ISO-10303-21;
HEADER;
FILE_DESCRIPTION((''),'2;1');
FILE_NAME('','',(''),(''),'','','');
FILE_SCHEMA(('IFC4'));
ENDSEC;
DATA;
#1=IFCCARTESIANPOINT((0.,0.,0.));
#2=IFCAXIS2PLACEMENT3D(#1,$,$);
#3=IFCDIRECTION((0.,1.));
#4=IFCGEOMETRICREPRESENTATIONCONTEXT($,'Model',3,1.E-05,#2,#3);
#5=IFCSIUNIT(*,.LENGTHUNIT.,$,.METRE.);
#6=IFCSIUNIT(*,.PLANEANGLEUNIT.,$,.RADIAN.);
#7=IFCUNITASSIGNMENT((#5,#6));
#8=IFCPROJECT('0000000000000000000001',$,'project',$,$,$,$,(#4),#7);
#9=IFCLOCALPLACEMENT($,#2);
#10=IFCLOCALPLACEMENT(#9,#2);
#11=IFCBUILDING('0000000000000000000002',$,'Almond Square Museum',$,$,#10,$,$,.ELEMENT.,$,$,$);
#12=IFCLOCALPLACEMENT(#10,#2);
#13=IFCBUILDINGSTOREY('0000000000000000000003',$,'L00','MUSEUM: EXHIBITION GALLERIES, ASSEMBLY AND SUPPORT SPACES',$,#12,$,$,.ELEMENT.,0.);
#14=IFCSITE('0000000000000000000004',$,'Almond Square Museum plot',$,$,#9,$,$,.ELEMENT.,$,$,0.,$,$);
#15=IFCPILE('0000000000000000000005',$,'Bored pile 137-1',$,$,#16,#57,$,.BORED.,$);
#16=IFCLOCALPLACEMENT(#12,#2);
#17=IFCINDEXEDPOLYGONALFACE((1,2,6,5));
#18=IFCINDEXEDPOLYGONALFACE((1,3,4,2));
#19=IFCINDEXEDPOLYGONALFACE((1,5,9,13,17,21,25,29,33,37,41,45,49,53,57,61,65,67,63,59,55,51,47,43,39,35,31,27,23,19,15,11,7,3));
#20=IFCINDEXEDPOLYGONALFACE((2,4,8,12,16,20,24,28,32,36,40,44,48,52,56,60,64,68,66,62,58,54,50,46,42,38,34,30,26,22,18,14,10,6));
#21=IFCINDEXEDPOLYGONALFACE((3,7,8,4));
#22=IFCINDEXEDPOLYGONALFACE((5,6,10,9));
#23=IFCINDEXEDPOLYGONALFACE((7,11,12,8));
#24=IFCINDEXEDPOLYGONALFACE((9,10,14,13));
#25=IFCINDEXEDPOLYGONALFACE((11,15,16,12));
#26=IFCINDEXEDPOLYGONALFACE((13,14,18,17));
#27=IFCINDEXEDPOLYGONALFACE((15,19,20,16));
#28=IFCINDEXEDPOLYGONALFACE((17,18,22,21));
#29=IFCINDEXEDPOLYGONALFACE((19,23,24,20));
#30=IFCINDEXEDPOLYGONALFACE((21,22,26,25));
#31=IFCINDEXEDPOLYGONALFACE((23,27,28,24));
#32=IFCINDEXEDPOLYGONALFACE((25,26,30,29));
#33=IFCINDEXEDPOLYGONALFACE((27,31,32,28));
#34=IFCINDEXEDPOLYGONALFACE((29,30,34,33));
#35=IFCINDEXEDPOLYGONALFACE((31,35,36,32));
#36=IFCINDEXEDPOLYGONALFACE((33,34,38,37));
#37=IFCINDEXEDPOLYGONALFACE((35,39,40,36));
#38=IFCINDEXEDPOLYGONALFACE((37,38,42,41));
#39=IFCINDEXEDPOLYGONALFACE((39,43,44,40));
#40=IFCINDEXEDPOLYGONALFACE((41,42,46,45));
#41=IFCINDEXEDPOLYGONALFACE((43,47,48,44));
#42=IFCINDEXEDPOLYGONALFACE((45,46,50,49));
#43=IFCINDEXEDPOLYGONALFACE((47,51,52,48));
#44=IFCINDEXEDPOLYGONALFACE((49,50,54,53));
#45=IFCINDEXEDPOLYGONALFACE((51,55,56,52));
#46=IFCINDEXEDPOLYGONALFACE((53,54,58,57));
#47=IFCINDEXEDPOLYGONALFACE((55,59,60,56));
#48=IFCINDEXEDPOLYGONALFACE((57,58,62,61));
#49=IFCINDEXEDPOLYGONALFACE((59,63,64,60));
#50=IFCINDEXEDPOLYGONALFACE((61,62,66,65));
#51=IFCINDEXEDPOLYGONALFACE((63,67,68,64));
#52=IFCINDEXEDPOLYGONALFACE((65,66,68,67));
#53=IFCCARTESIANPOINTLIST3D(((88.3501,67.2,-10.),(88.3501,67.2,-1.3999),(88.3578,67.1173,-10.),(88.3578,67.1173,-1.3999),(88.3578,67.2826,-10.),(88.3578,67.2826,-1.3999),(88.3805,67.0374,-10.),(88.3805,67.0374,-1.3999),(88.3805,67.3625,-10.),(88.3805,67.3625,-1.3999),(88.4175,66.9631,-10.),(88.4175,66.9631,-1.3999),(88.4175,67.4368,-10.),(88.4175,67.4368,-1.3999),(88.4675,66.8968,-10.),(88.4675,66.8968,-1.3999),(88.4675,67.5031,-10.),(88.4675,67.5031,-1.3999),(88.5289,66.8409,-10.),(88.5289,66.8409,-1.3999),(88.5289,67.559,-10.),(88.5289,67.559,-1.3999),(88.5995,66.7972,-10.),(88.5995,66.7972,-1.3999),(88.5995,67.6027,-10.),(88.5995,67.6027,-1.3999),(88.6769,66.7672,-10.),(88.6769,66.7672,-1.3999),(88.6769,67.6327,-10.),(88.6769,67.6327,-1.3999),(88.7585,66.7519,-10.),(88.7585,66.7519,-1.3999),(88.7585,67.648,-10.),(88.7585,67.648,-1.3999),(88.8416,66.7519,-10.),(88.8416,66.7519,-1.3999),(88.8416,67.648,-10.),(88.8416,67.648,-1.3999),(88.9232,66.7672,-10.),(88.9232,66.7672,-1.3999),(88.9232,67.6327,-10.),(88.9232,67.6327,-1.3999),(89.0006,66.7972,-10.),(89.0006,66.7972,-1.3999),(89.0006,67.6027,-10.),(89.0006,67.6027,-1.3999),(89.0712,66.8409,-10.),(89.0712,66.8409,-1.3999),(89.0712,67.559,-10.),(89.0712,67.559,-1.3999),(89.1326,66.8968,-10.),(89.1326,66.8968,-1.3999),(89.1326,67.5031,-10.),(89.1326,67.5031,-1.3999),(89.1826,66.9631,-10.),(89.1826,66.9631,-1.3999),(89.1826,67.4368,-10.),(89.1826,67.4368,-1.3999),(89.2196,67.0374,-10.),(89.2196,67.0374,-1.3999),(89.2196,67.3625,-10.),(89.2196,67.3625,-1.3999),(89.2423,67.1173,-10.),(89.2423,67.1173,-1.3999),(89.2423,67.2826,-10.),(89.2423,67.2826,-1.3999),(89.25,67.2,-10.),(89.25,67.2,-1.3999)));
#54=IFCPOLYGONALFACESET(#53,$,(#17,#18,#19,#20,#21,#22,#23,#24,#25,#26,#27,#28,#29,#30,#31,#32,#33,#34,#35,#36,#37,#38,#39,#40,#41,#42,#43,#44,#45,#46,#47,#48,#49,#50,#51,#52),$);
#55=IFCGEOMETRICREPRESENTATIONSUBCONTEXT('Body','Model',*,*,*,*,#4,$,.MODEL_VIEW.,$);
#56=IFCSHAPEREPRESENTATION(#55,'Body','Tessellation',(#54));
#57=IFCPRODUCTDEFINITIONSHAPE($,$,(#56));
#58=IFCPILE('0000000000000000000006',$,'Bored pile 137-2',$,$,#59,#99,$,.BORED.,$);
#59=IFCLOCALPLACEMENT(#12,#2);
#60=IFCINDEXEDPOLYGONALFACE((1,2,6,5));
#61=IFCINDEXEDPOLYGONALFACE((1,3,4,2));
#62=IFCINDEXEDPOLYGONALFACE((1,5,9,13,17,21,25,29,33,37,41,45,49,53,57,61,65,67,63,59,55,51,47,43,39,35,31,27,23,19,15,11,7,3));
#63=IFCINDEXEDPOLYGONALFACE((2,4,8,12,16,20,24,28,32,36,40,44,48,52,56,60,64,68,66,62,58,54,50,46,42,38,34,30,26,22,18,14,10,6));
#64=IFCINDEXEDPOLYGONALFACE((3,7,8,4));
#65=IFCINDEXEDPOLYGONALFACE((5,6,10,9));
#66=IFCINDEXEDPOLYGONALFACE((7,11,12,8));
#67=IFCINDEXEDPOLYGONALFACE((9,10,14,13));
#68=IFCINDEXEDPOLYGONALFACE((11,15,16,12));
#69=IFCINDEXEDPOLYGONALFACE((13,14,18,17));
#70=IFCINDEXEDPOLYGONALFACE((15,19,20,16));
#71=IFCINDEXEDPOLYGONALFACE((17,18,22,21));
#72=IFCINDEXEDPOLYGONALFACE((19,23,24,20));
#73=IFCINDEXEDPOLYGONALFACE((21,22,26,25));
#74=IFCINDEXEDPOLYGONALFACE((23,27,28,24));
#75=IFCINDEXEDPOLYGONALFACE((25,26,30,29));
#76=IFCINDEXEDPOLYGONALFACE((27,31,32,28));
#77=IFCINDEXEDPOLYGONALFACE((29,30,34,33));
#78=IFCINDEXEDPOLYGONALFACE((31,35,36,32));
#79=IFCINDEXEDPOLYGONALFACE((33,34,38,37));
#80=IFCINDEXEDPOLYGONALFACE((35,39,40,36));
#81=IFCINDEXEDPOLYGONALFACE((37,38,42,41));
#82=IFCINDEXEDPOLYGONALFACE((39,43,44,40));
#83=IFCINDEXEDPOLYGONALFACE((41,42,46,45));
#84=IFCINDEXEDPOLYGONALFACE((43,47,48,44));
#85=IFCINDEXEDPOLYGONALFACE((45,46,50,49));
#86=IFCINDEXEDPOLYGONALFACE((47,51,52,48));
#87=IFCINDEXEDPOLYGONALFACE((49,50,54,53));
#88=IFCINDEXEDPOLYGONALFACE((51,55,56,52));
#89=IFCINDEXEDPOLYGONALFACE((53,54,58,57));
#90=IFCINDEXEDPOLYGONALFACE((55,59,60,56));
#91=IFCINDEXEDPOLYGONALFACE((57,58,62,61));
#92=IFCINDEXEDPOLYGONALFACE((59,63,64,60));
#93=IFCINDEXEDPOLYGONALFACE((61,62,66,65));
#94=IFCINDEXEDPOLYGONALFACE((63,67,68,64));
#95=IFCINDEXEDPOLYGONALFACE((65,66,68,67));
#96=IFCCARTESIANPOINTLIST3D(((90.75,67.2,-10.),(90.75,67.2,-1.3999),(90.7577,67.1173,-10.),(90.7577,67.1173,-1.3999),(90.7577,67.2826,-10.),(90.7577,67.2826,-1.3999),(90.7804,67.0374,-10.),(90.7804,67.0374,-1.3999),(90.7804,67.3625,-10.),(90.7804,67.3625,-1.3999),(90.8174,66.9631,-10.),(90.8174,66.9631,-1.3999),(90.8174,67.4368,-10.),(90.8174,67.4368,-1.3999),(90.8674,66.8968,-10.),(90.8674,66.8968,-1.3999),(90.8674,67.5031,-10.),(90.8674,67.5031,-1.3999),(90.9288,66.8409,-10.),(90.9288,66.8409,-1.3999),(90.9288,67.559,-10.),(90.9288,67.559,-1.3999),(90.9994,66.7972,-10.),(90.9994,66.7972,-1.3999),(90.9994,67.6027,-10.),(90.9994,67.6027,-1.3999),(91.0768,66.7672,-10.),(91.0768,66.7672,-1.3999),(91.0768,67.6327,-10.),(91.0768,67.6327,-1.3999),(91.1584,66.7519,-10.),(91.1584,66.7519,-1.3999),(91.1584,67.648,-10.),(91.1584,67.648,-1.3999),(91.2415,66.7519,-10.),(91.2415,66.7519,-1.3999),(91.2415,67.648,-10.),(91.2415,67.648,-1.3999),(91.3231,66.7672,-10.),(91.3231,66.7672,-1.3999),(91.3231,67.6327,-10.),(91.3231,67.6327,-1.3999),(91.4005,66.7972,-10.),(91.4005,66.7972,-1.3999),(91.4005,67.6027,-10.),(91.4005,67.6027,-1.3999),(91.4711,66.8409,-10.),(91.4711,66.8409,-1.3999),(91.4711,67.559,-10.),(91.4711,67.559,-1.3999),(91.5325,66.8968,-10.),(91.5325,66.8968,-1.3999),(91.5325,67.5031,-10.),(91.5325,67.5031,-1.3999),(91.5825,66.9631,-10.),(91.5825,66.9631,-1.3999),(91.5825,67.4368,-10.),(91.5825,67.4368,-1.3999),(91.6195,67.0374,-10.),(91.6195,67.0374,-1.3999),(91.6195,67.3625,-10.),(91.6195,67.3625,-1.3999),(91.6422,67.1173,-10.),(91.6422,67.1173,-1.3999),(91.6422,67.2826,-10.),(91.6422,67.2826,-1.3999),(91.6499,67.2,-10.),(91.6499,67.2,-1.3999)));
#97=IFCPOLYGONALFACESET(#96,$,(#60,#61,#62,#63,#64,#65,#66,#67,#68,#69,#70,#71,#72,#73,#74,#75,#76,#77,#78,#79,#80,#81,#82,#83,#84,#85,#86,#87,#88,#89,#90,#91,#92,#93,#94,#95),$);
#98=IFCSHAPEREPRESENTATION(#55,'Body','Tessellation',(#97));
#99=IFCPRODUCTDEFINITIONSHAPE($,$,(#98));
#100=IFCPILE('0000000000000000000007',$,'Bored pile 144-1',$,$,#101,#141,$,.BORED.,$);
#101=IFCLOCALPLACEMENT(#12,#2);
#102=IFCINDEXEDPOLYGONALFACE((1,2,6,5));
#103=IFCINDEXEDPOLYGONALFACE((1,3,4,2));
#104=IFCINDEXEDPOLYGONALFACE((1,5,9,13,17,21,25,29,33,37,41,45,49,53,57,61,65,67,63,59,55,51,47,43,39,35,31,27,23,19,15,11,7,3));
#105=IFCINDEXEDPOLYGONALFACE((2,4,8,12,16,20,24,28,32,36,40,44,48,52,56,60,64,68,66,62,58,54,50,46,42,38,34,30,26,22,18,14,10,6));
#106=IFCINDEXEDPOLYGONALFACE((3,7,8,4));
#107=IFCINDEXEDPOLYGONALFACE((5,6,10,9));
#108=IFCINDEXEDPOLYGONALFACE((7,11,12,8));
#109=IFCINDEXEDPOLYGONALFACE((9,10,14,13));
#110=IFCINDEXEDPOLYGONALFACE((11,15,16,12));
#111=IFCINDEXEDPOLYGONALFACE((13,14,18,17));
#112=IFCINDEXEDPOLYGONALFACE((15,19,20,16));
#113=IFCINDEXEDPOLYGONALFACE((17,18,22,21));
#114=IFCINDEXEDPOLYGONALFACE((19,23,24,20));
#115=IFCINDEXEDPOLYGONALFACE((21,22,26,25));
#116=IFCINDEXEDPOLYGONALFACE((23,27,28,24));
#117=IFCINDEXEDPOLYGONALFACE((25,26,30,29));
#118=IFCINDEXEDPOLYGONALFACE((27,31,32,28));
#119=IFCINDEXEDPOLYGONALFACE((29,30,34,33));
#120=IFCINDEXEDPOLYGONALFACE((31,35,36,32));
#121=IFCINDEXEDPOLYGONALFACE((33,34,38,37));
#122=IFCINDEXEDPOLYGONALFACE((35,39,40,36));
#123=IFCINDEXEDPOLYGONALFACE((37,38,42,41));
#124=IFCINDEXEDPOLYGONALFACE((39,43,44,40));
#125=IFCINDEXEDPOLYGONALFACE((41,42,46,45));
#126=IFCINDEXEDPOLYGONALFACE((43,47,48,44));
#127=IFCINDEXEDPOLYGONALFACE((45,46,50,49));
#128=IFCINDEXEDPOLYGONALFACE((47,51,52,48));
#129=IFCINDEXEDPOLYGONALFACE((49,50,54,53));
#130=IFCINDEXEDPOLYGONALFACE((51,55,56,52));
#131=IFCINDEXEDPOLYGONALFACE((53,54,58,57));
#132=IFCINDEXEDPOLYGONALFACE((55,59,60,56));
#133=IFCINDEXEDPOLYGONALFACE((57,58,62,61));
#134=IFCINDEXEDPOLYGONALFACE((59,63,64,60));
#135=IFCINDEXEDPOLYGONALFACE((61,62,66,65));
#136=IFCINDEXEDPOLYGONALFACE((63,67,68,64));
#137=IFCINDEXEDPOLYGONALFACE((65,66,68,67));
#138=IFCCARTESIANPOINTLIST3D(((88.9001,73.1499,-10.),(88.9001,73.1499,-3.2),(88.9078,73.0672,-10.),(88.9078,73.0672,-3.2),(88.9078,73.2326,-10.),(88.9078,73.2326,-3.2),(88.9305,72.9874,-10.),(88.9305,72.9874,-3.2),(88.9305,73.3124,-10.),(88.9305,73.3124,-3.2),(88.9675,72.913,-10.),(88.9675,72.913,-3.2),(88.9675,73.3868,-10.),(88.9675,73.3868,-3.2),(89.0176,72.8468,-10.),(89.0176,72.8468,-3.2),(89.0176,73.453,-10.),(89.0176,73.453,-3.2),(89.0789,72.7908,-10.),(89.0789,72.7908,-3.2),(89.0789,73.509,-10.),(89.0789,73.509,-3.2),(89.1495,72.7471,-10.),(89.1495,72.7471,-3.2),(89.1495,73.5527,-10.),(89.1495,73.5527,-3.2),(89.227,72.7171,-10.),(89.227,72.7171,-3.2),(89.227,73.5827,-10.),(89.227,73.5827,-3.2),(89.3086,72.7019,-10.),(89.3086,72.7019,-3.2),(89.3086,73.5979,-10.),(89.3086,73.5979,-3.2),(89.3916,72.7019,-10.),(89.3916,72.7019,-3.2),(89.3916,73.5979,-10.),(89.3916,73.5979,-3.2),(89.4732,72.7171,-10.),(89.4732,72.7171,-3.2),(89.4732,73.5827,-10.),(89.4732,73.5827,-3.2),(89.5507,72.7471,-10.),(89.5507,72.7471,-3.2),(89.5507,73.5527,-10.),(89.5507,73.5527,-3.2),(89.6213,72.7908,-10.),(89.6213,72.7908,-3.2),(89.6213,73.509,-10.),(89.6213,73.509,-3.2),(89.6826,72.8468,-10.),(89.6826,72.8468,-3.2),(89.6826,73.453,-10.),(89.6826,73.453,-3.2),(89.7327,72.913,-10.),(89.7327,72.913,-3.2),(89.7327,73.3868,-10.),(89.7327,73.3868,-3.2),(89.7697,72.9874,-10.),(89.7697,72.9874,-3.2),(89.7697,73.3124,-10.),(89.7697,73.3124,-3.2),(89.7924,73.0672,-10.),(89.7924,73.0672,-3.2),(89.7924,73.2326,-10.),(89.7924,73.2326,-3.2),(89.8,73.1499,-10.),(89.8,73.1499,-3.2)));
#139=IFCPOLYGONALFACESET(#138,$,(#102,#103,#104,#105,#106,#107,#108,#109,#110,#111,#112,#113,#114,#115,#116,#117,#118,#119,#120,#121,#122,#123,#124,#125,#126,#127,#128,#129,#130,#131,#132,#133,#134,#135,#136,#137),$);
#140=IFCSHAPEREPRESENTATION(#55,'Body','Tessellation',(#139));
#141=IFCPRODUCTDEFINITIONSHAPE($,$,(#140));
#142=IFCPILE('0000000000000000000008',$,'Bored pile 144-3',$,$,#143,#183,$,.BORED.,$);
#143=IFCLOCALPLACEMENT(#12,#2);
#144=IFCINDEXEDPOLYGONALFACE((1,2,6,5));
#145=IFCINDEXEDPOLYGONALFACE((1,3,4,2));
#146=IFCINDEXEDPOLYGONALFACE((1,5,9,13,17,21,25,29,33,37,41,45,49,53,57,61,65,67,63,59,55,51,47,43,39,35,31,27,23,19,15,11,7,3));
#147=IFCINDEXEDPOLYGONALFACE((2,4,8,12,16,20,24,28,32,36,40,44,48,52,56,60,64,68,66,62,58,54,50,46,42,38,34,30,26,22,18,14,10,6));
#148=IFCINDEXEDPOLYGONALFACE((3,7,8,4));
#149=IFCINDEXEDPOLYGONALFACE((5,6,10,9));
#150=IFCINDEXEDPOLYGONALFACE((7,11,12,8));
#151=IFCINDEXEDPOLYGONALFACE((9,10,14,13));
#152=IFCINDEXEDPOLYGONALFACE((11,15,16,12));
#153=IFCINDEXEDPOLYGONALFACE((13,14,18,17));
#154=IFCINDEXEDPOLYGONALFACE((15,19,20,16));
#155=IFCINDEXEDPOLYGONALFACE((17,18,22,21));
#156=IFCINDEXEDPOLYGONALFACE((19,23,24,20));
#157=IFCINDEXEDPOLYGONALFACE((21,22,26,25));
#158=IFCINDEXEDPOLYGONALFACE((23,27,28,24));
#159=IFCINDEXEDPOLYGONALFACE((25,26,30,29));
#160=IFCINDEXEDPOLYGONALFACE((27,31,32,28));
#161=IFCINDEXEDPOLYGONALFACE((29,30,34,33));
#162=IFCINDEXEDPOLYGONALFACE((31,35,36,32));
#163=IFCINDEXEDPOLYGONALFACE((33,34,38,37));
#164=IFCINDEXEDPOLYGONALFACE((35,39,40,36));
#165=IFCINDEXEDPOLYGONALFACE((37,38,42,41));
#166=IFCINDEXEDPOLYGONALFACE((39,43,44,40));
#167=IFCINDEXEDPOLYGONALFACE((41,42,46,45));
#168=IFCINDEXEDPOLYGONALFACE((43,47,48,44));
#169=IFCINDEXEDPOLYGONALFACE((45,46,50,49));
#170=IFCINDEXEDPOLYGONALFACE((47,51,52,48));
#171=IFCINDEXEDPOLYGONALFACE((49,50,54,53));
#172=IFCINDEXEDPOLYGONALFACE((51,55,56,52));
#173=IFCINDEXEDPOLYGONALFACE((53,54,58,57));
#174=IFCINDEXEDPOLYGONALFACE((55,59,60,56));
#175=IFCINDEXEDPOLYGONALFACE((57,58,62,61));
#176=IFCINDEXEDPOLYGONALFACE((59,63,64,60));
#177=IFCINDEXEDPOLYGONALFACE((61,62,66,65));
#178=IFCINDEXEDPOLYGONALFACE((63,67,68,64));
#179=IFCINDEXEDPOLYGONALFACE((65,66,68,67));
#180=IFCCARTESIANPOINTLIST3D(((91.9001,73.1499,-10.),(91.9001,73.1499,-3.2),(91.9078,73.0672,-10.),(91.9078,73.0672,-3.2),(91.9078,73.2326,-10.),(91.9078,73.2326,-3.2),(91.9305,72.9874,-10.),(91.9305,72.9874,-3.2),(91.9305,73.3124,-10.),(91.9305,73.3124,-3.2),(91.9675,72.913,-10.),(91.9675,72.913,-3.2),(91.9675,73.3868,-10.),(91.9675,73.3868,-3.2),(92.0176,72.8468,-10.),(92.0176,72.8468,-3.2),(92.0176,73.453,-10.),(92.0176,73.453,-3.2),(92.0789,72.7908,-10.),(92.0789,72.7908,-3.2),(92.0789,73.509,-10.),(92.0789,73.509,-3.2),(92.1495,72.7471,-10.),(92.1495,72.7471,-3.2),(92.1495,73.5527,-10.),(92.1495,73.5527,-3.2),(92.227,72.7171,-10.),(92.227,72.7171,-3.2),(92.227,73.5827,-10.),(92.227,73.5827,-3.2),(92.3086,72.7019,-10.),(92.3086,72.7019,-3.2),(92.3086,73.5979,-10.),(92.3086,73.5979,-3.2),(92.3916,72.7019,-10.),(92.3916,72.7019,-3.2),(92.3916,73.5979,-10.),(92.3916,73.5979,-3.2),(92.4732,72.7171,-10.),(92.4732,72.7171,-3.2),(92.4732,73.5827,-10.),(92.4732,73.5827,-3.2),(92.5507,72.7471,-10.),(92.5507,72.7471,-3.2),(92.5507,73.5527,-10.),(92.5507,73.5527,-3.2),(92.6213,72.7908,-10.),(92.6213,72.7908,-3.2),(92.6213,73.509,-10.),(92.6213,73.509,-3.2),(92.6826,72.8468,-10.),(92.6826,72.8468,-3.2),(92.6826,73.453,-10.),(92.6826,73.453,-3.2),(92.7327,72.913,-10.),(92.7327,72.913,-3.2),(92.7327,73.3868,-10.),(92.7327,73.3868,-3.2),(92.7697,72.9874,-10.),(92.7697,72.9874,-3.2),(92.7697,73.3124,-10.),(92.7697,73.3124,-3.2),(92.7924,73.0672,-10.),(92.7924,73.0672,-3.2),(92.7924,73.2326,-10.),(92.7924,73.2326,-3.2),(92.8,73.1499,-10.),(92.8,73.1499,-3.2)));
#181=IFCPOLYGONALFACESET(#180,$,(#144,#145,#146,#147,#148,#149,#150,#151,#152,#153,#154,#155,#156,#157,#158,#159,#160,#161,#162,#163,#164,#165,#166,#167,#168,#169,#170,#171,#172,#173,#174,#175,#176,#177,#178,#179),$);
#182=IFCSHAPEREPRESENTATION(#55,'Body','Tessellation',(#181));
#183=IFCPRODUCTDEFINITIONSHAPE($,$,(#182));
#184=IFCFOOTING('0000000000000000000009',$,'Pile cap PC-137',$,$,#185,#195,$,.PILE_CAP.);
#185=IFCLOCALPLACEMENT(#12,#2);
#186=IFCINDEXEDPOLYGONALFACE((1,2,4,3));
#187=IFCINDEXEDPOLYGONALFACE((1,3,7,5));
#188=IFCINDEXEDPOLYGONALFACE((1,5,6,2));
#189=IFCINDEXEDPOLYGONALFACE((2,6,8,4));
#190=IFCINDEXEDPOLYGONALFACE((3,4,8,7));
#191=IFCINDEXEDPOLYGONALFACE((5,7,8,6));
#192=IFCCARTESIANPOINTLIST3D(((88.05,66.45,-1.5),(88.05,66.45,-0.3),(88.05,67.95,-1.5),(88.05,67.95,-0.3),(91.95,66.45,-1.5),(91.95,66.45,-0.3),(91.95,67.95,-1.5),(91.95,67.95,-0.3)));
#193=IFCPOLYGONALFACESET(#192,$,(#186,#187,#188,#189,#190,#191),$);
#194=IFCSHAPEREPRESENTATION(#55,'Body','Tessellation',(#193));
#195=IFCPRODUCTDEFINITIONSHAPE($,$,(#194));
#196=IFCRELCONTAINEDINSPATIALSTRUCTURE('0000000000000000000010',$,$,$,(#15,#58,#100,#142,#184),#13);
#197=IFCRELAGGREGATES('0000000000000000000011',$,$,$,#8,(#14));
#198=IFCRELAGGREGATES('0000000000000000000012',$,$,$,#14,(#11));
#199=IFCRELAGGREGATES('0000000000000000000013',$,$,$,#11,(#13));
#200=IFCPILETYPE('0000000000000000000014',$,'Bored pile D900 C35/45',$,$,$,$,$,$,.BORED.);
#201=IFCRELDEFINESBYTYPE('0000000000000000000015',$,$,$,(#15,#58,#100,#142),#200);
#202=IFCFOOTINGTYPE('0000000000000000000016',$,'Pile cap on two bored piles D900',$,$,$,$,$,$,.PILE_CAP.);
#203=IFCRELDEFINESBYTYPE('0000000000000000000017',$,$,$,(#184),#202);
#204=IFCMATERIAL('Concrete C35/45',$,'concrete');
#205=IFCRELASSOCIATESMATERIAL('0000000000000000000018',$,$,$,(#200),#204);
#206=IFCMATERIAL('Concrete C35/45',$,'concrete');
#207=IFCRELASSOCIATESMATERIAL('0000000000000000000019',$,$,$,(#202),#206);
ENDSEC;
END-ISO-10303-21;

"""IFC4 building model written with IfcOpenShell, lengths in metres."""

from ifc_helpers import new_model, si_unit, direction, frame, origin, origin_2d, place, context, subcontext, project, spatial, rectangle, circle, extrude, material, material_profile, profile_set, type_object, element, save


model = new_model("IFC4")

# Units and contexts
model_context = context("Model", 3, precision=1e-05, world=origin(), true_north=direction((0.0, 1.0)))
body_context = subcontext(model_context, "Body", "Model", "MODEL_VIEW")
ifc_project = project(units=[si_unit("LENGTHUNIT", "METRE"), si_unit("PLANEANGLEUNIT", "RADIAN")], contexts=[model_context])

# Site, building, storey
site_placement = place(None, origin())
site = spatial("IfcSite", under=ifc_project, at=site_placement, Name="Almond Square Museum plot", CompositionType="ELEMENT", RefElevation=0.0)
building_placement = place(site_placement, origin())
building = spatial("IfcBuilding", under=site, at=building_placement, Name="Almond Square Museum", CompositionType="ELEMENT")
storey_placement = place(building_placement, origin())
storey = spatial("IfcBuildingStorey", under=building, at=storey_placement, Name="L00", Description="MUSEUM: EXHIBITION GALLERIES, ASSEMBLY AND SUPPORT SPACES", CompositionType="ELEMENT", Elevation=0.0)

# Piles
ifc_material_1 = material(Name="Concrete C35/45", Category="concrete")
ifc_material_profile_1 = material_profile(ifc_material_1, circle(Radius=0.45, at=origin_2d()))
ifc_profile_set_1 = profile_set([ifc_material_profile_1], Name="Concrete C35/45")
pile_type = type_object("IfcPileType", Name="Bored pile D900 C35/45", PredefinedType="BORED", material=ifc_profile_set_1)
for number, where, z_axis, x_axis, name in (
    (1, (88.8, 67.2, -1.3999), (0.0, 0.0, -1.0), (1.0, 0.0, 0.0), "Bored pile 137-1"),
    (2, (91.2, 67.2, -1.3999), (0.0, 0.0, -1.0), (1.0, 0.0, 0.0), "Bored pile 137-2"),
):
    element("IfcPile", number, at=place(storey_placement, frame(where, z_axis=z_axis, x_axis=x_axis)), inside=storey, type_object=pile_type, Name=name, PredefinedType="BORED", context=body_context, shape_type="SweptSolid", body=[
        extrude(circle(Radius=0.45, at=origin_2d()), origin(), (0.0, 0.0, 1.0), 8.6001),
    ])
for number, where, z_axis, x_axis, name in (
    (3, (89.3501, 73.1499, -3.2), (0.0, 0.0, -1.0), (1.0, 0.0, 0.0), "Bored pile 144-1"),
    (4, (92.3501, 73.1499, -3.2), (0.0, 0.0, -1.0), (1.0, 0.0, 0.0), "Bored pile 144-3"),
):
    element("IfcPile", number, at=place(storey_placement, frame(where, z_axis=z_axis, x_axis=x_axis)), inside=storey, type_object=pile_type, Name=name, PredefinedType="BORED", context=body_context, shape_type="SweptSolid", body=[
        extrude(circle(Radius=0.45, at=origin_2d()), origin(), (0.0, 0.0, 1.0), 6.8),
    ])

# Footing
ifc_material_2 = material(Name="Concrete C35/45", Category="concrete")
footing_type = type_object("IfcFootingType", Name="Pile cap on two bored piles D900", PredefinedType="PILE_CAP", material=ifc_material_2)
footing_placement = place(storey_placement, frame((90.0, 67.2, -1.5), z_axis=(0.0, 0.0, 1.0), x_axis=(1.0, 0.0, 0.0)))
element("IfcFooting", 5, at=footing_placement, inside=storey, type_object=footing_type, Name="Pile cap PC-137", PredefinedType="PILE_CAP", context=body_context, shape_type="SweptSolid", body=[
    extrude(rectangle(XDim=3.8999, YDim=1.5, at=origin_2d()), origin(), (0.0, 0.0, 1.0), 1.2),
])

save(model, "model.ifc")
